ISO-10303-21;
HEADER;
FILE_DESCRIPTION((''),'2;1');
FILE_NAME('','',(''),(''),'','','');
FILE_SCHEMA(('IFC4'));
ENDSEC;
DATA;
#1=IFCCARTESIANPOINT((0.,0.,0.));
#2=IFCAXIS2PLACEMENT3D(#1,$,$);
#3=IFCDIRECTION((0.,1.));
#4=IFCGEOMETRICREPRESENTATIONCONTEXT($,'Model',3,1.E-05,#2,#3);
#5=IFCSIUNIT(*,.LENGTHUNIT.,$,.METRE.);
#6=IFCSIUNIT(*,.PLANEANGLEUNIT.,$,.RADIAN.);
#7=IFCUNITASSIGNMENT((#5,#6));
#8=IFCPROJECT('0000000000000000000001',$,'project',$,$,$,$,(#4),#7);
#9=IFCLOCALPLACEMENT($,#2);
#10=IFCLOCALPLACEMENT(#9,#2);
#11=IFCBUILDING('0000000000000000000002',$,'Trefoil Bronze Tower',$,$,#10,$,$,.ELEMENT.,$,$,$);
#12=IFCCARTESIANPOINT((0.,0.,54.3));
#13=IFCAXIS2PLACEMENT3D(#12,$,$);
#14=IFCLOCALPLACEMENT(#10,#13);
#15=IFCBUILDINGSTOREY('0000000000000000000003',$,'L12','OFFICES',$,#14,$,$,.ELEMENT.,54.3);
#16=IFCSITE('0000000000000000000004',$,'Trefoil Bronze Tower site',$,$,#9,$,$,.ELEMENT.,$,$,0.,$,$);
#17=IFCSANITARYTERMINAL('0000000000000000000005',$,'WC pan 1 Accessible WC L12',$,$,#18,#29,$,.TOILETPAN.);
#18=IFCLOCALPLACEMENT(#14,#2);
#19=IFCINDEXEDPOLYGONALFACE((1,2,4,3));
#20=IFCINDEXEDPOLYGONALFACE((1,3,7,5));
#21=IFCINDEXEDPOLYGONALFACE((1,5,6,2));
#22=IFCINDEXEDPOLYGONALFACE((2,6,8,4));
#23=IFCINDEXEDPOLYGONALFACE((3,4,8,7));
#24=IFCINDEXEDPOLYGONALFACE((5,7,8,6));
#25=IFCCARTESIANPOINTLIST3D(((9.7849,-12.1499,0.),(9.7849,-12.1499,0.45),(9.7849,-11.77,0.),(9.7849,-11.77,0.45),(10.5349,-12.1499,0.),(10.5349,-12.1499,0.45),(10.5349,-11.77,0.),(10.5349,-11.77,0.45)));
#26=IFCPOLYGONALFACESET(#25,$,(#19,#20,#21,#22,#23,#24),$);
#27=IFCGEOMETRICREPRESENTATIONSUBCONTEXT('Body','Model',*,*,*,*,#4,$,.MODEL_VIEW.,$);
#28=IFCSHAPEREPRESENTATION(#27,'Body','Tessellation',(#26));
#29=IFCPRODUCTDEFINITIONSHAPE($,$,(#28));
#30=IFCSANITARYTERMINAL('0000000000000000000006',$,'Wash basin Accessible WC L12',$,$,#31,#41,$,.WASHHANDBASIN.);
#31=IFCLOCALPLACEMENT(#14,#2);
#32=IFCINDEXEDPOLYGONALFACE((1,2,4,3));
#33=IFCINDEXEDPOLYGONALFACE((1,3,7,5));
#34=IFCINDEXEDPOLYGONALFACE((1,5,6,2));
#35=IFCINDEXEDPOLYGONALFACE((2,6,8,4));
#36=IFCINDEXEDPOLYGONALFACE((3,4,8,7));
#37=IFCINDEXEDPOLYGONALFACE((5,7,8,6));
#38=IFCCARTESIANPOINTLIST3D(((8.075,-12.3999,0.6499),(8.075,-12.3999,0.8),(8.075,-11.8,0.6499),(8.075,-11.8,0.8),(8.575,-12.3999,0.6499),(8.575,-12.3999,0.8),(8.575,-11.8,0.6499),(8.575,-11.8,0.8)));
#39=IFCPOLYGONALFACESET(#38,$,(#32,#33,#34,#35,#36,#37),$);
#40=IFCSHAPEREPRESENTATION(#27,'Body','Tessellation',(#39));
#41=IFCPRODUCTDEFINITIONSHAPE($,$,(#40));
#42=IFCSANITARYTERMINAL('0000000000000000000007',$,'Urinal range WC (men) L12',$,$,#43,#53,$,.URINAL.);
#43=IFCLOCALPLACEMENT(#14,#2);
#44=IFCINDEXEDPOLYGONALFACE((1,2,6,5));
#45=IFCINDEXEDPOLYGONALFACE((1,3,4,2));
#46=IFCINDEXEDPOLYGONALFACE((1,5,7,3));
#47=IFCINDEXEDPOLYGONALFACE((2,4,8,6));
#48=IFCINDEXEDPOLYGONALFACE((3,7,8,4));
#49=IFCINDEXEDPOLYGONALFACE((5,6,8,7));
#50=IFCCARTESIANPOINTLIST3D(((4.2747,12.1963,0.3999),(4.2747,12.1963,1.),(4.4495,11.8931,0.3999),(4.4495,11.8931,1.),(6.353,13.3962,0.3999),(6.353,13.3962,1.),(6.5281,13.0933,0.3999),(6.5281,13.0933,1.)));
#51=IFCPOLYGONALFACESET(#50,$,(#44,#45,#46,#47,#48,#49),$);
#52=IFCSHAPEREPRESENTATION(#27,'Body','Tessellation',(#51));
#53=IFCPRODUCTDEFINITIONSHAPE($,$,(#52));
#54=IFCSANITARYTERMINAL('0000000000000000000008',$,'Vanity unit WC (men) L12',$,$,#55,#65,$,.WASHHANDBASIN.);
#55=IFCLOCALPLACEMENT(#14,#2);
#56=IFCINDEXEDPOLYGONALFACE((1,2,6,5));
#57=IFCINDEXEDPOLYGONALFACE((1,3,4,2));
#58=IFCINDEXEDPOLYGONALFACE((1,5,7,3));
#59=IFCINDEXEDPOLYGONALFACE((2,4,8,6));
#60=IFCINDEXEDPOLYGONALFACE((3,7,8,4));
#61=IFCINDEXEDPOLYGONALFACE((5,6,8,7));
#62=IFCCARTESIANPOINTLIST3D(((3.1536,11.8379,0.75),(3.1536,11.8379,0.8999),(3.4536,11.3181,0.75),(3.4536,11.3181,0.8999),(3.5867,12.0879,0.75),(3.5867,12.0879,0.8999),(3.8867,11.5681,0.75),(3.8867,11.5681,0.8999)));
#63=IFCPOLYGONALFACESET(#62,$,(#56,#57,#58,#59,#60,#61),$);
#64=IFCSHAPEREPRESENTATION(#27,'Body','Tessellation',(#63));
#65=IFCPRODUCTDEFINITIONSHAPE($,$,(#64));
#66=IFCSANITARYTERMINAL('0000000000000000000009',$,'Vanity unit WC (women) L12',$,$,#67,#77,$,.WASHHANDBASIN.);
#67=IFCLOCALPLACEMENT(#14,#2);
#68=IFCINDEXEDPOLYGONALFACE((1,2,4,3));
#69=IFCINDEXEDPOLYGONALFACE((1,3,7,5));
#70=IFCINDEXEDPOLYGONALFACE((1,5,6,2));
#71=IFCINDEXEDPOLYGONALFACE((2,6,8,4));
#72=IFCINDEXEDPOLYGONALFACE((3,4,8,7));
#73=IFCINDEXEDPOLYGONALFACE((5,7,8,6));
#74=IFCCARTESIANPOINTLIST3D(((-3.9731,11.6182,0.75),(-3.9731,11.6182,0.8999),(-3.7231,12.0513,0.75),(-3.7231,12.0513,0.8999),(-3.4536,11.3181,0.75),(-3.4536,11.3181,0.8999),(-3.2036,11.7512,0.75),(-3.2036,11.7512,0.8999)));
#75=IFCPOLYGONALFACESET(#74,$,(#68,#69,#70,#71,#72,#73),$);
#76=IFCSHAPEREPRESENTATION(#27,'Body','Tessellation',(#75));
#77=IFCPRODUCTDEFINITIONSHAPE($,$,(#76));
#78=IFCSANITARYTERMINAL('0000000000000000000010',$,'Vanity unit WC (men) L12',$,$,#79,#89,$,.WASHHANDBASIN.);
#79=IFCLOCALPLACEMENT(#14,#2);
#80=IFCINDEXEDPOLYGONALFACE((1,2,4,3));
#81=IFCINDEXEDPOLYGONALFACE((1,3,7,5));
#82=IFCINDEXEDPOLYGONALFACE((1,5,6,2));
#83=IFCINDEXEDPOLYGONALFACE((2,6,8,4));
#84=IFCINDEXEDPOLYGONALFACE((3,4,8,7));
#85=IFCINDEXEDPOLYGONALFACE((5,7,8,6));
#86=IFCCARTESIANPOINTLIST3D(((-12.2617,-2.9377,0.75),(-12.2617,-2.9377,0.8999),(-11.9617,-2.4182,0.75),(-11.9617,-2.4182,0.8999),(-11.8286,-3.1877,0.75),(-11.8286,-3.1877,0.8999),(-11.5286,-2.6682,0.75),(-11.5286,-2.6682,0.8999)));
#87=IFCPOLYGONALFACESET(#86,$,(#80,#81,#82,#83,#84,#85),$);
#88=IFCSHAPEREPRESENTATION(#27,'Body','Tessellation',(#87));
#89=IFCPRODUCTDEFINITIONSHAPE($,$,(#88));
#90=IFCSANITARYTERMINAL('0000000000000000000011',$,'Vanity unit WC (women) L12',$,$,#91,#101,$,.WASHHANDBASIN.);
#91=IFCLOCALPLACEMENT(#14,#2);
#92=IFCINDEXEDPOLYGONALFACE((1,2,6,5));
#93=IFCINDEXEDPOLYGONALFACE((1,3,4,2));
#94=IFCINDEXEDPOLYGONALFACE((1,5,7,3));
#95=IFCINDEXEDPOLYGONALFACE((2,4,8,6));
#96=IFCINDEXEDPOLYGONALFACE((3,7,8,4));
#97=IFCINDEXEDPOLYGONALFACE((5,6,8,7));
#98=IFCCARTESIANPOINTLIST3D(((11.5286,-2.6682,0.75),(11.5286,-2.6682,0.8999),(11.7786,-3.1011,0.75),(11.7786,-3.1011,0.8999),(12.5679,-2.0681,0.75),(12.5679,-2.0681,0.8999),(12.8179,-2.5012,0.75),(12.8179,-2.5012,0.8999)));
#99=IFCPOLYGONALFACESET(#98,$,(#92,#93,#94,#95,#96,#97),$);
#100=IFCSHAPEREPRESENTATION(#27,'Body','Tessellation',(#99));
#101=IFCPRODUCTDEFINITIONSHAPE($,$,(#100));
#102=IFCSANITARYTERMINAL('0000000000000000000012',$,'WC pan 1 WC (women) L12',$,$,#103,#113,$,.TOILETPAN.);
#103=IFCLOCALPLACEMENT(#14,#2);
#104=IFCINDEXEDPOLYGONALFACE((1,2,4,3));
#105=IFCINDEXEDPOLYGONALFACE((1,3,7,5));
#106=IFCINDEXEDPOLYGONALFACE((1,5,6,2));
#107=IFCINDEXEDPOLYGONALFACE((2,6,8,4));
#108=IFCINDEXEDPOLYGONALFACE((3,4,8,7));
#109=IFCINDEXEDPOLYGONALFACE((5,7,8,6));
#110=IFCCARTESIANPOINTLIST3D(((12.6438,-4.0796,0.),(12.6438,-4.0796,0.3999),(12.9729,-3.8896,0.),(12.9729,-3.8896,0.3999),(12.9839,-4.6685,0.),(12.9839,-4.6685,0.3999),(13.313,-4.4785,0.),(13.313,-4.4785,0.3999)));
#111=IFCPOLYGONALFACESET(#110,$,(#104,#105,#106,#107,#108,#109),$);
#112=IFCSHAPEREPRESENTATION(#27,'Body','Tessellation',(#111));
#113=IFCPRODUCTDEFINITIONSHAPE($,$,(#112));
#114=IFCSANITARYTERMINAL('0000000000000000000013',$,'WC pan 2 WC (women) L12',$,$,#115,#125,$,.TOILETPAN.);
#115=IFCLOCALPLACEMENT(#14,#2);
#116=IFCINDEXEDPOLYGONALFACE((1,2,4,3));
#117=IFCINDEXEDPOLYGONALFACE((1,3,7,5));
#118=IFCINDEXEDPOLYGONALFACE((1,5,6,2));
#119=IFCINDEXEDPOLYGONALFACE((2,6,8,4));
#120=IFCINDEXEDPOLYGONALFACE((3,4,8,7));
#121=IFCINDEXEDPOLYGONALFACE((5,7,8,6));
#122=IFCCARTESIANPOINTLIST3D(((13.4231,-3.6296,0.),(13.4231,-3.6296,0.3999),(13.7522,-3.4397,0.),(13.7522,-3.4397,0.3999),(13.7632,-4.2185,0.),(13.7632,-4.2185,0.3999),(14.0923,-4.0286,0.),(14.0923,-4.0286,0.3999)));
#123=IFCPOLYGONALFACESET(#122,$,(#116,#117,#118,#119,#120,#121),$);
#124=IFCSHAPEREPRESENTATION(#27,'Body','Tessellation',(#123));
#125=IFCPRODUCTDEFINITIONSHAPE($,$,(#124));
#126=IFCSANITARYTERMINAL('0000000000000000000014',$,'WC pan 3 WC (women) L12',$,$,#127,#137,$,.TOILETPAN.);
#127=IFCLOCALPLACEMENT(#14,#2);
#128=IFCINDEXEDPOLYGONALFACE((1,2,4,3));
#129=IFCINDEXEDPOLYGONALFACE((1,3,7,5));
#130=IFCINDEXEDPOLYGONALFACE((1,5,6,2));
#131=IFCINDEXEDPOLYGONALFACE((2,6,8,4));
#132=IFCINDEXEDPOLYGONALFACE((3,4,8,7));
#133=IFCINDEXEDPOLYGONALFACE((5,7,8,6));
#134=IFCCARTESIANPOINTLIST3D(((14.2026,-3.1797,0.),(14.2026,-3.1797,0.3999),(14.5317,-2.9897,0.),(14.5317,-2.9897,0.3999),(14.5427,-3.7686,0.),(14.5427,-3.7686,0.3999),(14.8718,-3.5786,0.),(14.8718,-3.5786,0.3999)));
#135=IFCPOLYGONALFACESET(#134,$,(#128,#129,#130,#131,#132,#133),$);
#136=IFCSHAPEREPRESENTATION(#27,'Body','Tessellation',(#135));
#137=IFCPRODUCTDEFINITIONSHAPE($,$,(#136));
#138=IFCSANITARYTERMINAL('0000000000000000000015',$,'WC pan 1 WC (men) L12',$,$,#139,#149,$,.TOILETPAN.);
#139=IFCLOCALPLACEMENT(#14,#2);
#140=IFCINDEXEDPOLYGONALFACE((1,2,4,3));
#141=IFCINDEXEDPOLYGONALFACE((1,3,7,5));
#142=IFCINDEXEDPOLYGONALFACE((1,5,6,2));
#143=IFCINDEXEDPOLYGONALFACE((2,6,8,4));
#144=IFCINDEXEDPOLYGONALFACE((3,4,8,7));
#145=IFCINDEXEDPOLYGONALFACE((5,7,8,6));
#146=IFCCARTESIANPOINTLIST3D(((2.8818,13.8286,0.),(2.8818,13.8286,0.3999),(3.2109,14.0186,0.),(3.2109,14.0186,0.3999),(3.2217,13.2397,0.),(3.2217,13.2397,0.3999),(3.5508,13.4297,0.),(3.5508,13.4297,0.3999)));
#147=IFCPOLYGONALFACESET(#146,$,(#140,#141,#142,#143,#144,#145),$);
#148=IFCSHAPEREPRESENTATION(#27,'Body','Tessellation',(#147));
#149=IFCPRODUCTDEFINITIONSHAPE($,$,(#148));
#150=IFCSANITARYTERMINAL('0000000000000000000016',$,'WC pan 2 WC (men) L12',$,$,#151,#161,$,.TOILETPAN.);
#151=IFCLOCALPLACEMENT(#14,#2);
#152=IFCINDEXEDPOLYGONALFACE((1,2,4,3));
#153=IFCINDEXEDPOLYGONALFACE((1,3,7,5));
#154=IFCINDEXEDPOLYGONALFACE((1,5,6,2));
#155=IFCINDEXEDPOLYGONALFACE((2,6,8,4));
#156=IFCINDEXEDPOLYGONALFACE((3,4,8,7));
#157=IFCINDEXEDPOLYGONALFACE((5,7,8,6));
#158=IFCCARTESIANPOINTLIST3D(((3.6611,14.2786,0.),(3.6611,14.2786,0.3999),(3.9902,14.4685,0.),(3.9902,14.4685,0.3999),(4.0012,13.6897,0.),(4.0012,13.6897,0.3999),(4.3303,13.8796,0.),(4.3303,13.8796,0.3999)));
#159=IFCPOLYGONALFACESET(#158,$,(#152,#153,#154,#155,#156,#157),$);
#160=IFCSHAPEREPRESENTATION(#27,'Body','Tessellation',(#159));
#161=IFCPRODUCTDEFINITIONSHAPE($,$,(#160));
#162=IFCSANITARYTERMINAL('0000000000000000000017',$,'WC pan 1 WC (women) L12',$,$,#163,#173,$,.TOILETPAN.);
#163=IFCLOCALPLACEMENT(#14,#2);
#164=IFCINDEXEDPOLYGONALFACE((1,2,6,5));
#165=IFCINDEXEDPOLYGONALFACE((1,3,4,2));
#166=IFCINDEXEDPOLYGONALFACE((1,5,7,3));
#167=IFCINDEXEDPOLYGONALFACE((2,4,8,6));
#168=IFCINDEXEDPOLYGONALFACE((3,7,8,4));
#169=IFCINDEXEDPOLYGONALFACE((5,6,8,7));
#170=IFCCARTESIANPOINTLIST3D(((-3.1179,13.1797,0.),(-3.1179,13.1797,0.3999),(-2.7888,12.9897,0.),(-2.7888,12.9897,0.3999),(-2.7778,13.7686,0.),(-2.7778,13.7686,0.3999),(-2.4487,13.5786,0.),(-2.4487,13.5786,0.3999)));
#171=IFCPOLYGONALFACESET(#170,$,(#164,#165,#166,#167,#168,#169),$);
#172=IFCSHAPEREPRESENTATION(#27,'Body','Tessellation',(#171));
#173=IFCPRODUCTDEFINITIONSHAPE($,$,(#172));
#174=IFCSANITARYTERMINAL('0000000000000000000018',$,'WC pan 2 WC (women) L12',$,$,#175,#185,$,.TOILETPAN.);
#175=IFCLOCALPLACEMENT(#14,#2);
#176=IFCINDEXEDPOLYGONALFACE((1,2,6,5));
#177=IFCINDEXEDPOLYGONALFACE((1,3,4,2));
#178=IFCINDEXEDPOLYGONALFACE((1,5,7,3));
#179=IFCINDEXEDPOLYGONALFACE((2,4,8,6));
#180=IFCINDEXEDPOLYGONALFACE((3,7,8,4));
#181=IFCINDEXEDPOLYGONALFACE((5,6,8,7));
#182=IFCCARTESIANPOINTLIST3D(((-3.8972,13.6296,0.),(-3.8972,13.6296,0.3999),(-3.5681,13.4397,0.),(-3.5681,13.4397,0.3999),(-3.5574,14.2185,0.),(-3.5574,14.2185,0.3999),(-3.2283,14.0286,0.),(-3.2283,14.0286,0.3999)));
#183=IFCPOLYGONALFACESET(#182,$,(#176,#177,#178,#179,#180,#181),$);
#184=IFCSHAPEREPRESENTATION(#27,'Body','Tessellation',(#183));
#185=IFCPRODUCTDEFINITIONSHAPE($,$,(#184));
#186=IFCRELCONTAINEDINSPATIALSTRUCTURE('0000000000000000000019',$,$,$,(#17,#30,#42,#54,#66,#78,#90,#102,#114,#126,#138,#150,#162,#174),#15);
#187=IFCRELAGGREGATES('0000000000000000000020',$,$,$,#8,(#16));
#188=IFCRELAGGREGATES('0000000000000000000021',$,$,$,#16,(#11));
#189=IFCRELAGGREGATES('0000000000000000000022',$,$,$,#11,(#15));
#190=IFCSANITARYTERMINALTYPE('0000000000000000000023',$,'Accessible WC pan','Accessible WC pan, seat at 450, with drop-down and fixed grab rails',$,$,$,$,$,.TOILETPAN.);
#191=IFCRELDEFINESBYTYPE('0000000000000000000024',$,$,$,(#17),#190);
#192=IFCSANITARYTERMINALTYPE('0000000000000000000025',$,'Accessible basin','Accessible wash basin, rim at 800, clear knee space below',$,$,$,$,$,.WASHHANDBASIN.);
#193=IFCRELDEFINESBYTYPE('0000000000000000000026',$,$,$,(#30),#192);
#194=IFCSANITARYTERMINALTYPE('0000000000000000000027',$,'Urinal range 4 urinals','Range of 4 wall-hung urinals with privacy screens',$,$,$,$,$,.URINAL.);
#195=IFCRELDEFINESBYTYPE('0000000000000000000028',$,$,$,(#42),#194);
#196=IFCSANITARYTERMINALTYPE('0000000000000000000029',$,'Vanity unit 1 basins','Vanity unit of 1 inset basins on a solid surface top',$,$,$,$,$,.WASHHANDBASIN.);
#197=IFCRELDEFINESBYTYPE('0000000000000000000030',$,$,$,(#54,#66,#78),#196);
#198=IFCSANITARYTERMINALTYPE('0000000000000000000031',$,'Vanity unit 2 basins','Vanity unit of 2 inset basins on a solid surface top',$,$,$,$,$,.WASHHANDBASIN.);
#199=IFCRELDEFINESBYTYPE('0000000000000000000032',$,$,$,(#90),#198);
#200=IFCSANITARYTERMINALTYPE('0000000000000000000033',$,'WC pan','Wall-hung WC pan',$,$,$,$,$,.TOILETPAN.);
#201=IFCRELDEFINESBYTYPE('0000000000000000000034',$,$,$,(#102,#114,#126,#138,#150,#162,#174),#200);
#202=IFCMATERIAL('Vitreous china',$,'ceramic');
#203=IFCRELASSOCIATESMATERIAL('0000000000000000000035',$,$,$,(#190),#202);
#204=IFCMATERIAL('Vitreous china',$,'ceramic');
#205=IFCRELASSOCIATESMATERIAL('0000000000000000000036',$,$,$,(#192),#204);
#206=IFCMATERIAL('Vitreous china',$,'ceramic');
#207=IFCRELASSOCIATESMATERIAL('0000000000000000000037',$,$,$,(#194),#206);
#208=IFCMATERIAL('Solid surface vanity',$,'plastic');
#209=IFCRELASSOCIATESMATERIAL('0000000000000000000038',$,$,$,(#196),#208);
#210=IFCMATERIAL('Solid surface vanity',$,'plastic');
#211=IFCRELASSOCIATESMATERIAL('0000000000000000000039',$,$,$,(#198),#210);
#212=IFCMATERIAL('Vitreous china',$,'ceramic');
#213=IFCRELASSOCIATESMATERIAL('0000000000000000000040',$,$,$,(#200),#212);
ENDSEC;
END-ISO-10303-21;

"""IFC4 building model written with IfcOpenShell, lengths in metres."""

from ifc_helpers import new_model, si_unit, direction, frame, origin, place, context, subcontext, project, spatial, polyline, outline, extrude, material, type_object, element, save


model = new_model("IFC4")

# Units and contexts
model_context = context("Model", 3, precision=1e-05, world=origin(), true_north=direction((0.0, 1.0)))
body_context = subcontext(model_context, "Body", "Model", "MODEL_VIEW")
ifc_project = project(units=[si_unit("LENGTHUNIT", "METRE"), si_unit("PLANEANGLEUNIT", "RADIAN")], contexts=[model_context])

# Site, building, storey
site_placement = place(None, origin())
site = spatial("IfcSite", under=ifc_project, at=site_placement, Name="Trefoil Bronze Tower site", CompositionType="ELEMENT", RefElevation=0.0)
building_placement = place(site_placement, origin())
building = spatial("IfcBuilding", under=site, at=building_placement, Name="Trefoil Bronze Tower", CompositionType="ELEMENT")
storey_placement = place(building_placement, frame((0.0, 0.0, 54.3)))
storey = spatial("IfcBuildingStorey", under=building, at=storey_placement, Name="L12", Description="OFFICES", CompositionType="ELEMENT", Elevation=54.3)

# Sanitary terminals
ifc_material_1 = material(Name="Vitreous china", Category="ceramic")
sanitary_terminal_type_1 = type_object("IfcSanitaryTerminalType", Name="Accessible WC pan", Description="Accessible WC pan, seat at 450, with drop-down and fixed grab rails", PredefinedType="TOILETPAN", material=ifc_material_1)
sanitary_terminal_1_placement = place(storey_placement, origin())
element("IfcSanitaryTerminal", 1, at=sanitary_terminal_1_placement, inside=storey, type_object=sanitary_terminal_type_1, Name="WC pan 1 Accessible WC L12", PredefinedType="TOILETPAN", context=body_context, shape_type="SweptSolid", body=[
    extrude(outline(polyline([(9.7849, -11.77), (10.5349, -11.77), (10.5349, -12.1499), (9.7849, -12.1499), (9.7849, -11.77)])), origin(), (0.0, 0.0, 1.0), 0.45),
])
ifc_material_2 = material(Name="Vitreous china", Category="ceramic")
sanitary_terminal_type_2 = type_object("IfcSanitaryTerminalType", Name="Accessible basin", Description="Accessible wash basin, rim at 800, clear knee space below", PredefinedType="WASHHANDBASIN", material=ifc_material_2)
sanitary_terminal_2_placement = place(storey_placement, frame((0.0, 0.0, 0.6499)))
element("IfcSanitaryTerminal", 2, at=sanitary_terminal_2_placement, inside=storey, type_object=sanitary_terminal_type_2, Name="Wash basin Accessible WC L12", PredefinedType="WASHHANDBASIN", context=body_context, shape_type="SweptSolid", body=[
    extrude(outline(polyline([(8.075, -11.8), (8.575, -11.8), (8.575, -12.3999), (8.075, -12.3999), (8.075, -11.8)])), origin(), (0.0, 0.0, 1.0), 0.1501),
])
ifc_material_3 = material(Name="Vitreous china", Category="ceramic")
sanitary_terminal_type_3 = type_object("IfcSanitaryTerminalType", Name="Urinal range 4 urinals", Description="Range of 4 wall-hung urinals with privacy screens", PredefinedType="URINAL", material=ifc_material_3)
sanitary_terminal_3_placement = place(storey_placement, frame((0.0, 0.0, 0.3999)))
element("IfcSanitaryTerminal", 3, at=sanitary_terminal_3_placement, inside=storey, type_object=sanitary_terminal_type_3, Name="Urinal range WC (men) L12", PredefinedType="URINAL", context=body_context, shape_type="SweptSolid", body=[
    extrude(outline(polyline([(4.4495, 11.8931), (4.2747, 12.1963), (6.353, 13.3962), (6.5281, 13.0933), (4.4495, 11.8931)])), origin(), (0.0, 0.0, 1.0), 0.6001),
])
ifc_material_4 = material(Name="Solid surface vanity", Category="plastic")
sanitary_terminal_type_4 = type_object("IfcSanitaryTerminalType", Name="Vanity unit 1 basins", Description="Vanity unit of 1 inset basins on a solid surface top", PredefinedType="WASHHANDBASIN", material=ifc_material_4)
sanitary_terminal_4_placement = place(storey_placement, frame((0.0, 0.0, 0.75)))
element("IfcSanitaryTerminal", 4, at=sanitary_terminal_4_placement, inside=storey, type_object=sanitary_terminal_type_4, Name="Vanity unit WC (men) L12", PredefinedType="WASHHANDBASIN", context=body_context, shape_type="SweptSolid", body=[
    extrude(outline(polyline([(3.4536, 11.3181), (3.1536, 11.8379), (3.5867, 12.0879), (3.8867, 11.5681), (3.4536, 11.3181)])), origin(), (0.0, 0.0, 1.0), 0.1499),
])
sanitary_terminal_5_placement = place(storey_placement, frame((0.0, 0.0, 0.75)))
element("IfcSanitaryTerminal", 5, at=sanitary_terminal_5_placement, inside=storey, type_object=sanitary_terminal_type_4, Name="Vanity unit WC (women) L12", PredefinedType="WASHHANDBASIN", context=body_context, shape_type="SweptSolid", body=[
    extrude(outline(polyline([(-3.4536, 11.3181), (-3.2036, 11.7512), (-3.7231, 12.0513), (-3.9731, 11.6182), (-3.4536, 11.3181)])), origin(), (0.0, 0.0, 1.0), 0.1499),
])
sanitary_terminal_6_placement = place(storey_placement, frame((0.0, 0.0, 0.75)))
element("IfcSanitaryTerminal", 6, at=sanitary_terminal_6_placement, inside=storey, type_object=sanitary_terminal_type_4, Name="Vanity unit WC (men) L12", PredefinedType="WASHHANDBASIN", context=body_context, shape_type="SweptSolid", body=[
    extrude(outline(polyline([(-11.5286, -2.6682), (-11.8286, -3.1877), (-12.2617, -2.9377), (-11.9617, -2.4182), (-11.5286, -2.6682)])), origin(), (0.0, 0.0, 1.0), 0.1499),
])
ifc_material_5 = material(Name="Solid surface vanity", Category="plastic")
sanitary_terminal_type_5 = type_object("IfcSanitaryTerminalType", Name="Vanity unit 2 basins", Description="Vanity unit of 2 inset basins on a solid surface top", PredefinedType="WASHHANDBASIN", material=ifc_material_5)
sanitary_terminal_7_placement = place(storey_placement, frame((0.0, 0.0, 0.75)))
element("IfcSanitaryTerminal", 7, at=sanitary_terminal_7_placement, inside=storey, type_object=sanitary_terminal_type_5, Name="Vanity unit WC (women) L12", PredefinedType="WASHHANDBASIN", context=body_context, shape_type="SweptSolid", body=[
    extrude(outline(polyline([(11.5286, -2.6682), (11.7786, -3.1011), (12.8179, -2.5012), (12.5679, -2.0681), (11.5286, -2.6682)])), origin(), (0.0, 0.0, 1.0), 0.1499),
])
ifc_material_6 = material(Name="Vitreous china", Category="ceramic")
sanitary_terminal_type_6 = type_object("IfcSanitaryTerminalType", Name="WC pan", Description="Wall-hung WC pan", PredefinedType="TOILETPAN", material=ifc_material_6)
sanitary_terminal_8_placement = place(storey_placement, origin())
element("IfcSanitaryTerminal", 8, at=sanitary_terminal_8_placement, inside=storey, type_object=sanitary_terminal_type_6, Name="WC pan 1 WC (women) L12", PredefinedType="TOILETPAN", context=body_context, shape_type="SweptSolid", body=[
    extrude(outline(polyline([(12.6438, -4.0796), (12.9839, -4.6685), (13.313, -4.4785), (12.9729, -3.8896), (12.6438, -4.0796)])), origin(), (0.0, 0.0, 1.0), 0.3999),
])
sanitary_terminal_9_placement = place(storey_placement, origin())
element("IfcSanitaryTerminal", 9, at=sanitary_terminal_9_placement, inside=storey, type_object=sanitary_terminal_type_6, Name="WC pan 2 WC (women) L12", PredefinedType="TOILETPAN", context=body_context, shape_type="SweptSolid", body=[
    extrude(outline(polyline([(13.4231, -3.6296), (13.7632, -4.2185), (14.0923, -4.0286), (13.7522, -3.4397), (13.4231, -3.6296)])), origin(), (0.0, 0.0, 1.0), 0.3999),
])
sanitary_terminal_10_placement = place(storey_placement, origin())
element("IfcSanitaryTerminal", 10, at=sanitary_terminal_10_placement, inside=storey, type_object=sanitary_terminal_type_6, Name="WC pan 3 WC (women) L12", PredefinedType="TOILETPAN", context=body_context, shape_type="SweptSolid", body=[
    extrude(outline(polyline([(14.2026, -3.1797), (14.5427, -3.7686), (14.8718, -3.5786), (14.5317, -2.9897), (14.2026, -3.1797)])), origin(), (0.0, 0.0, 1.0), 0.3999),
])
sanitary_terminal_11_placement = place(storey_placement, origin())
element("IfcSanitaryTerminal", 11, at=sanitary_terminal_11_placement, inside=storey, type_object=sanitary_terminal_type_6, Name="WC pan 1 WC (men) L12", PredefinedType="TOILETPAN", context=body_context, shape_type="SweptSolid", body=[
    extrude(outline(polyline([(3.2217, 13.2397), (2.8818, 13.8286), (3.2109, 14.0186), (3.5508, 13.4297), (3.2217, 13.2397)])), origin(), (0.0, 0.0, 1.0), 0.3999),
])
sanitary_terminal_12_placement = place(storey_placement, origin())
element("IfcSanitaryTerminal", 12, at=sanitary_terminal_12_placement, inside=storey, type_object=sanitary_terminal_type_6, Name="WC pan 2 WC (men) L12", PredefinedType="TOILETPAN", context=body_context, shape_type="SweptSolid", body=[
    extrude(outline(polyline([(4.0012, 13.6897), (3.6611, 14.2786), (3.9902, 14.4685), (4.3303, 13.8796), (4.0012, 13.6897)])), origin(), (0.0, 0.0, 1.0), 0.3999),
])
sanitary_terminal_13_placement = place(storey_placement, origin())
element("IfcSanitaryTerminal", 13, at=sanitary_terminal_13_placement, inside=storey, type_object=sanitary_terminal_type_6, Name="WC pan 1 WC (women) L12", PredefinedType="TOILETPAN", context=body_context, shape_type="SweptSolid", body=[
    extrude(outline(polyline([(-2.7888, 12.9897), (-2.4487, 13.5786), (-2.7778, 13.7686), (-3.1179, 13.1797), (-2.7888, 12.9897)])), origin(), (0.0, 0.0, 1.0), 0.3999),
])
sanitary_terminal_14_placement = place(storey_placement, origin())
element("IfcSanitaryTerminal", 14, at=sanitary_terminal_14_placement, inside=storey, type_object=sanitary_terminal_type_6, Name="WC pan 2 WC (women) L12", PredefinedType="TOILETPAN", context=body_context, shape_type="SweptSolid", body=[
    extrude(outline(polyline([(-3.5681, 13.4397), (-3.2283, 14.0286), (-3.5574, 14.2185), (-3.8972, 13.6296), (-3.5681, 13.4397)])), origin(), (0.0, 0.0, 1.0), 0.3999),
])

save(model, "model.ifc")
